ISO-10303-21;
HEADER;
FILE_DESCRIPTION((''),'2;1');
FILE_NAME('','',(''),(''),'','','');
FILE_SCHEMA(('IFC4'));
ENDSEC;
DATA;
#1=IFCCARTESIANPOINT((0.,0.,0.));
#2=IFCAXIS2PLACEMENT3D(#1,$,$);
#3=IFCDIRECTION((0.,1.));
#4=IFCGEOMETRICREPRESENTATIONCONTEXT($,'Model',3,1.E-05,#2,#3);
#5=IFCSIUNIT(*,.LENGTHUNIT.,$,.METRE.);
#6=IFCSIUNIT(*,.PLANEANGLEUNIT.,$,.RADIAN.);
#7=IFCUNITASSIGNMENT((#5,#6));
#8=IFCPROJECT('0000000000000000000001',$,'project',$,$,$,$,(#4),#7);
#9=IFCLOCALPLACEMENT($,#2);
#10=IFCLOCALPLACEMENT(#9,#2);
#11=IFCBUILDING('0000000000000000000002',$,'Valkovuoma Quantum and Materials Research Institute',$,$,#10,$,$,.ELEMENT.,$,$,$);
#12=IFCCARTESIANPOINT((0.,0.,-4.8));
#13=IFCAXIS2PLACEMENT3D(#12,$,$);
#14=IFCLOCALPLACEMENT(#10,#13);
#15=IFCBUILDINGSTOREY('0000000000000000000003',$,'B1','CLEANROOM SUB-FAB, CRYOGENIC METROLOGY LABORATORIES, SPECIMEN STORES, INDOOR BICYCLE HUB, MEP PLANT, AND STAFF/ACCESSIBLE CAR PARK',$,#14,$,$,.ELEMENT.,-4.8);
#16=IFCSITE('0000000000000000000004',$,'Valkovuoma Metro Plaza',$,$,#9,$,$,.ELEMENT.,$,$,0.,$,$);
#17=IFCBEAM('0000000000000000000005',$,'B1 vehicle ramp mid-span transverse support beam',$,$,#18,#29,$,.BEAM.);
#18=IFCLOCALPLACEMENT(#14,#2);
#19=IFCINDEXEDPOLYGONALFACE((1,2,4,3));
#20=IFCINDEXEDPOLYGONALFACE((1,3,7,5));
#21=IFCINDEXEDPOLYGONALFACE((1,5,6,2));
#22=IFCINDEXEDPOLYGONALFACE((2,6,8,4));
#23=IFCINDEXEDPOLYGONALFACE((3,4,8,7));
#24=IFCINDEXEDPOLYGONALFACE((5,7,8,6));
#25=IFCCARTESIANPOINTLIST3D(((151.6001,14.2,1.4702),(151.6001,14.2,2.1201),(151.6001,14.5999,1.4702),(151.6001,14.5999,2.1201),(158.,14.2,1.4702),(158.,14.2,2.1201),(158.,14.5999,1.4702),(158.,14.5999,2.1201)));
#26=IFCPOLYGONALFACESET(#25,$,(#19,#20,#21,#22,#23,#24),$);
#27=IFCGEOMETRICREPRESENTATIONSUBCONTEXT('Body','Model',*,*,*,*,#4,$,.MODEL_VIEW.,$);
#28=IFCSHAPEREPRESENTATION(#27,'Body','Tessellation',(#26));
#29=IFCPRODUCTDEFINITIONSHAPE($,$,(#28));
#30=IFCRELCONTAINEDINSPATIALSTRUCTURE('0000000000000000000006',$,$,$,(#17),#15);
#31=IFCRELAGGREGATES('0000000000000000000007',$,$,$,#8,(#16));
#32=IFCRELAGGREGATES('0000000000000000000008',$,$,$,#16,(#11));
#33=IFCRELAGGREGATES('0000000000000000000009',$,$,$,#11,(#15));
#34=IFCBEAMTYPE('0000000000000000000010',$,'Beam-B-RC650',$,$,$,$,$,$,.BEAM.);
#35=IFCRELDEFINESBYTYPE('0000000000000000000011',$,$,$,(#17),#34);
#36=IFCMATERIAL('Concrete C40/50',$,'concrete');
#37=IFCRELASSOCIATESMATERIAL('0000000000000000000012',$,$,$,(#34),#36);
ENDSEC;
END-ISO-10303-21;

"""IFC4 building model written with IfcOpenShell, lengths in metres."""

from ifc_helpers import new_model, si_unit, direction, frame, origin, origin_2d, place, context, subcontext, project, spatial, rectangle, extrude, material, material_profile, profile_set, type_object, element, save


model = new_model("IFC4")

# Units and contexts
model_context = context("Model", 3, precision=1e-05, world=origin(), true_north=direction((0.0, 1.0)))
body_context = subcontext(model_context, "Body", "Model", "MODEL_VIEW")
ifc_project = project(units=[si_unit("LENGTHUNIT", "METRE"), si_unit("PLANEANGLEUNIT", "RADIAN")], contexts=[model_context])

# Site, building, storey
site_placement = place(None, origin())
site = spatial("IfcSite", under=ifc_project, at=site_placement, Name="Valkovuoma Metro Plaza", CompositionType="ELEMENT", RefElevation=0.0)
building_placement = place(site_placement, origin())
building = spatial("IfcBuilding", under=site, at=building_placement, Name="Valkovuoma Quantum and Materials Research Institute", CompositionType="ELEMENT")
storey_placement = place(building_placement, frame((0.0, 0.0, -4.8)))
storey = spatial("IfcBuildingStorey", under=building, at=storey_placement, Name="B1", Description="CLEANROOM SUB-FAB, CRYOGENIC METROLOGY LABORATORIES, SPECIMEN STORES, INDOOR BICYCLE HUB, MEP PLANT, AND STAFF/ACCESSIBLE CAR PARK", CompositionType="ELEMENT", Elevation=-4.8)

# Beam
ifc_material_1 = material(Name="Concrete C40/50", Category="concrete")
ifc_material_profile_1 = material_profile(ifc_material_1, rectangle(XDim=0.3999, YDim=0.6499, at=origin_2d()), Name="Concrete C40/50")
ifc_profile_set_1 = profile_set([ifc_material_profile_1], Name="Concrete C40/50")
beam_type = type_object("IfcBeamType", Name="Beam-B-RC650", PredefinedType="BEAM", material=ifc_profile_set_1)
beam_placement = place(storey_placement, frame((151.6001, 14.3999, 1.7952), z_axis=(1.0, 0.0, 0.0), x_axis=(0.0, 1.0, 0.0)))
element("IfcBeam", 1, at=beam_placement, inside=storey, type_object=beam_type, Name="B1 vehicle ramp mid-span transverse support beam", PredefinedType="BEAM", context=body_context, shape_type="SweptSolid", body=[
    extrude(rectangle(XDim=0.3999, YDim=0.6499, at=origin_2d()), origin(), (0.0, 0.0, 1.0), 6.3999),
])

save(model, "model.ifc")
